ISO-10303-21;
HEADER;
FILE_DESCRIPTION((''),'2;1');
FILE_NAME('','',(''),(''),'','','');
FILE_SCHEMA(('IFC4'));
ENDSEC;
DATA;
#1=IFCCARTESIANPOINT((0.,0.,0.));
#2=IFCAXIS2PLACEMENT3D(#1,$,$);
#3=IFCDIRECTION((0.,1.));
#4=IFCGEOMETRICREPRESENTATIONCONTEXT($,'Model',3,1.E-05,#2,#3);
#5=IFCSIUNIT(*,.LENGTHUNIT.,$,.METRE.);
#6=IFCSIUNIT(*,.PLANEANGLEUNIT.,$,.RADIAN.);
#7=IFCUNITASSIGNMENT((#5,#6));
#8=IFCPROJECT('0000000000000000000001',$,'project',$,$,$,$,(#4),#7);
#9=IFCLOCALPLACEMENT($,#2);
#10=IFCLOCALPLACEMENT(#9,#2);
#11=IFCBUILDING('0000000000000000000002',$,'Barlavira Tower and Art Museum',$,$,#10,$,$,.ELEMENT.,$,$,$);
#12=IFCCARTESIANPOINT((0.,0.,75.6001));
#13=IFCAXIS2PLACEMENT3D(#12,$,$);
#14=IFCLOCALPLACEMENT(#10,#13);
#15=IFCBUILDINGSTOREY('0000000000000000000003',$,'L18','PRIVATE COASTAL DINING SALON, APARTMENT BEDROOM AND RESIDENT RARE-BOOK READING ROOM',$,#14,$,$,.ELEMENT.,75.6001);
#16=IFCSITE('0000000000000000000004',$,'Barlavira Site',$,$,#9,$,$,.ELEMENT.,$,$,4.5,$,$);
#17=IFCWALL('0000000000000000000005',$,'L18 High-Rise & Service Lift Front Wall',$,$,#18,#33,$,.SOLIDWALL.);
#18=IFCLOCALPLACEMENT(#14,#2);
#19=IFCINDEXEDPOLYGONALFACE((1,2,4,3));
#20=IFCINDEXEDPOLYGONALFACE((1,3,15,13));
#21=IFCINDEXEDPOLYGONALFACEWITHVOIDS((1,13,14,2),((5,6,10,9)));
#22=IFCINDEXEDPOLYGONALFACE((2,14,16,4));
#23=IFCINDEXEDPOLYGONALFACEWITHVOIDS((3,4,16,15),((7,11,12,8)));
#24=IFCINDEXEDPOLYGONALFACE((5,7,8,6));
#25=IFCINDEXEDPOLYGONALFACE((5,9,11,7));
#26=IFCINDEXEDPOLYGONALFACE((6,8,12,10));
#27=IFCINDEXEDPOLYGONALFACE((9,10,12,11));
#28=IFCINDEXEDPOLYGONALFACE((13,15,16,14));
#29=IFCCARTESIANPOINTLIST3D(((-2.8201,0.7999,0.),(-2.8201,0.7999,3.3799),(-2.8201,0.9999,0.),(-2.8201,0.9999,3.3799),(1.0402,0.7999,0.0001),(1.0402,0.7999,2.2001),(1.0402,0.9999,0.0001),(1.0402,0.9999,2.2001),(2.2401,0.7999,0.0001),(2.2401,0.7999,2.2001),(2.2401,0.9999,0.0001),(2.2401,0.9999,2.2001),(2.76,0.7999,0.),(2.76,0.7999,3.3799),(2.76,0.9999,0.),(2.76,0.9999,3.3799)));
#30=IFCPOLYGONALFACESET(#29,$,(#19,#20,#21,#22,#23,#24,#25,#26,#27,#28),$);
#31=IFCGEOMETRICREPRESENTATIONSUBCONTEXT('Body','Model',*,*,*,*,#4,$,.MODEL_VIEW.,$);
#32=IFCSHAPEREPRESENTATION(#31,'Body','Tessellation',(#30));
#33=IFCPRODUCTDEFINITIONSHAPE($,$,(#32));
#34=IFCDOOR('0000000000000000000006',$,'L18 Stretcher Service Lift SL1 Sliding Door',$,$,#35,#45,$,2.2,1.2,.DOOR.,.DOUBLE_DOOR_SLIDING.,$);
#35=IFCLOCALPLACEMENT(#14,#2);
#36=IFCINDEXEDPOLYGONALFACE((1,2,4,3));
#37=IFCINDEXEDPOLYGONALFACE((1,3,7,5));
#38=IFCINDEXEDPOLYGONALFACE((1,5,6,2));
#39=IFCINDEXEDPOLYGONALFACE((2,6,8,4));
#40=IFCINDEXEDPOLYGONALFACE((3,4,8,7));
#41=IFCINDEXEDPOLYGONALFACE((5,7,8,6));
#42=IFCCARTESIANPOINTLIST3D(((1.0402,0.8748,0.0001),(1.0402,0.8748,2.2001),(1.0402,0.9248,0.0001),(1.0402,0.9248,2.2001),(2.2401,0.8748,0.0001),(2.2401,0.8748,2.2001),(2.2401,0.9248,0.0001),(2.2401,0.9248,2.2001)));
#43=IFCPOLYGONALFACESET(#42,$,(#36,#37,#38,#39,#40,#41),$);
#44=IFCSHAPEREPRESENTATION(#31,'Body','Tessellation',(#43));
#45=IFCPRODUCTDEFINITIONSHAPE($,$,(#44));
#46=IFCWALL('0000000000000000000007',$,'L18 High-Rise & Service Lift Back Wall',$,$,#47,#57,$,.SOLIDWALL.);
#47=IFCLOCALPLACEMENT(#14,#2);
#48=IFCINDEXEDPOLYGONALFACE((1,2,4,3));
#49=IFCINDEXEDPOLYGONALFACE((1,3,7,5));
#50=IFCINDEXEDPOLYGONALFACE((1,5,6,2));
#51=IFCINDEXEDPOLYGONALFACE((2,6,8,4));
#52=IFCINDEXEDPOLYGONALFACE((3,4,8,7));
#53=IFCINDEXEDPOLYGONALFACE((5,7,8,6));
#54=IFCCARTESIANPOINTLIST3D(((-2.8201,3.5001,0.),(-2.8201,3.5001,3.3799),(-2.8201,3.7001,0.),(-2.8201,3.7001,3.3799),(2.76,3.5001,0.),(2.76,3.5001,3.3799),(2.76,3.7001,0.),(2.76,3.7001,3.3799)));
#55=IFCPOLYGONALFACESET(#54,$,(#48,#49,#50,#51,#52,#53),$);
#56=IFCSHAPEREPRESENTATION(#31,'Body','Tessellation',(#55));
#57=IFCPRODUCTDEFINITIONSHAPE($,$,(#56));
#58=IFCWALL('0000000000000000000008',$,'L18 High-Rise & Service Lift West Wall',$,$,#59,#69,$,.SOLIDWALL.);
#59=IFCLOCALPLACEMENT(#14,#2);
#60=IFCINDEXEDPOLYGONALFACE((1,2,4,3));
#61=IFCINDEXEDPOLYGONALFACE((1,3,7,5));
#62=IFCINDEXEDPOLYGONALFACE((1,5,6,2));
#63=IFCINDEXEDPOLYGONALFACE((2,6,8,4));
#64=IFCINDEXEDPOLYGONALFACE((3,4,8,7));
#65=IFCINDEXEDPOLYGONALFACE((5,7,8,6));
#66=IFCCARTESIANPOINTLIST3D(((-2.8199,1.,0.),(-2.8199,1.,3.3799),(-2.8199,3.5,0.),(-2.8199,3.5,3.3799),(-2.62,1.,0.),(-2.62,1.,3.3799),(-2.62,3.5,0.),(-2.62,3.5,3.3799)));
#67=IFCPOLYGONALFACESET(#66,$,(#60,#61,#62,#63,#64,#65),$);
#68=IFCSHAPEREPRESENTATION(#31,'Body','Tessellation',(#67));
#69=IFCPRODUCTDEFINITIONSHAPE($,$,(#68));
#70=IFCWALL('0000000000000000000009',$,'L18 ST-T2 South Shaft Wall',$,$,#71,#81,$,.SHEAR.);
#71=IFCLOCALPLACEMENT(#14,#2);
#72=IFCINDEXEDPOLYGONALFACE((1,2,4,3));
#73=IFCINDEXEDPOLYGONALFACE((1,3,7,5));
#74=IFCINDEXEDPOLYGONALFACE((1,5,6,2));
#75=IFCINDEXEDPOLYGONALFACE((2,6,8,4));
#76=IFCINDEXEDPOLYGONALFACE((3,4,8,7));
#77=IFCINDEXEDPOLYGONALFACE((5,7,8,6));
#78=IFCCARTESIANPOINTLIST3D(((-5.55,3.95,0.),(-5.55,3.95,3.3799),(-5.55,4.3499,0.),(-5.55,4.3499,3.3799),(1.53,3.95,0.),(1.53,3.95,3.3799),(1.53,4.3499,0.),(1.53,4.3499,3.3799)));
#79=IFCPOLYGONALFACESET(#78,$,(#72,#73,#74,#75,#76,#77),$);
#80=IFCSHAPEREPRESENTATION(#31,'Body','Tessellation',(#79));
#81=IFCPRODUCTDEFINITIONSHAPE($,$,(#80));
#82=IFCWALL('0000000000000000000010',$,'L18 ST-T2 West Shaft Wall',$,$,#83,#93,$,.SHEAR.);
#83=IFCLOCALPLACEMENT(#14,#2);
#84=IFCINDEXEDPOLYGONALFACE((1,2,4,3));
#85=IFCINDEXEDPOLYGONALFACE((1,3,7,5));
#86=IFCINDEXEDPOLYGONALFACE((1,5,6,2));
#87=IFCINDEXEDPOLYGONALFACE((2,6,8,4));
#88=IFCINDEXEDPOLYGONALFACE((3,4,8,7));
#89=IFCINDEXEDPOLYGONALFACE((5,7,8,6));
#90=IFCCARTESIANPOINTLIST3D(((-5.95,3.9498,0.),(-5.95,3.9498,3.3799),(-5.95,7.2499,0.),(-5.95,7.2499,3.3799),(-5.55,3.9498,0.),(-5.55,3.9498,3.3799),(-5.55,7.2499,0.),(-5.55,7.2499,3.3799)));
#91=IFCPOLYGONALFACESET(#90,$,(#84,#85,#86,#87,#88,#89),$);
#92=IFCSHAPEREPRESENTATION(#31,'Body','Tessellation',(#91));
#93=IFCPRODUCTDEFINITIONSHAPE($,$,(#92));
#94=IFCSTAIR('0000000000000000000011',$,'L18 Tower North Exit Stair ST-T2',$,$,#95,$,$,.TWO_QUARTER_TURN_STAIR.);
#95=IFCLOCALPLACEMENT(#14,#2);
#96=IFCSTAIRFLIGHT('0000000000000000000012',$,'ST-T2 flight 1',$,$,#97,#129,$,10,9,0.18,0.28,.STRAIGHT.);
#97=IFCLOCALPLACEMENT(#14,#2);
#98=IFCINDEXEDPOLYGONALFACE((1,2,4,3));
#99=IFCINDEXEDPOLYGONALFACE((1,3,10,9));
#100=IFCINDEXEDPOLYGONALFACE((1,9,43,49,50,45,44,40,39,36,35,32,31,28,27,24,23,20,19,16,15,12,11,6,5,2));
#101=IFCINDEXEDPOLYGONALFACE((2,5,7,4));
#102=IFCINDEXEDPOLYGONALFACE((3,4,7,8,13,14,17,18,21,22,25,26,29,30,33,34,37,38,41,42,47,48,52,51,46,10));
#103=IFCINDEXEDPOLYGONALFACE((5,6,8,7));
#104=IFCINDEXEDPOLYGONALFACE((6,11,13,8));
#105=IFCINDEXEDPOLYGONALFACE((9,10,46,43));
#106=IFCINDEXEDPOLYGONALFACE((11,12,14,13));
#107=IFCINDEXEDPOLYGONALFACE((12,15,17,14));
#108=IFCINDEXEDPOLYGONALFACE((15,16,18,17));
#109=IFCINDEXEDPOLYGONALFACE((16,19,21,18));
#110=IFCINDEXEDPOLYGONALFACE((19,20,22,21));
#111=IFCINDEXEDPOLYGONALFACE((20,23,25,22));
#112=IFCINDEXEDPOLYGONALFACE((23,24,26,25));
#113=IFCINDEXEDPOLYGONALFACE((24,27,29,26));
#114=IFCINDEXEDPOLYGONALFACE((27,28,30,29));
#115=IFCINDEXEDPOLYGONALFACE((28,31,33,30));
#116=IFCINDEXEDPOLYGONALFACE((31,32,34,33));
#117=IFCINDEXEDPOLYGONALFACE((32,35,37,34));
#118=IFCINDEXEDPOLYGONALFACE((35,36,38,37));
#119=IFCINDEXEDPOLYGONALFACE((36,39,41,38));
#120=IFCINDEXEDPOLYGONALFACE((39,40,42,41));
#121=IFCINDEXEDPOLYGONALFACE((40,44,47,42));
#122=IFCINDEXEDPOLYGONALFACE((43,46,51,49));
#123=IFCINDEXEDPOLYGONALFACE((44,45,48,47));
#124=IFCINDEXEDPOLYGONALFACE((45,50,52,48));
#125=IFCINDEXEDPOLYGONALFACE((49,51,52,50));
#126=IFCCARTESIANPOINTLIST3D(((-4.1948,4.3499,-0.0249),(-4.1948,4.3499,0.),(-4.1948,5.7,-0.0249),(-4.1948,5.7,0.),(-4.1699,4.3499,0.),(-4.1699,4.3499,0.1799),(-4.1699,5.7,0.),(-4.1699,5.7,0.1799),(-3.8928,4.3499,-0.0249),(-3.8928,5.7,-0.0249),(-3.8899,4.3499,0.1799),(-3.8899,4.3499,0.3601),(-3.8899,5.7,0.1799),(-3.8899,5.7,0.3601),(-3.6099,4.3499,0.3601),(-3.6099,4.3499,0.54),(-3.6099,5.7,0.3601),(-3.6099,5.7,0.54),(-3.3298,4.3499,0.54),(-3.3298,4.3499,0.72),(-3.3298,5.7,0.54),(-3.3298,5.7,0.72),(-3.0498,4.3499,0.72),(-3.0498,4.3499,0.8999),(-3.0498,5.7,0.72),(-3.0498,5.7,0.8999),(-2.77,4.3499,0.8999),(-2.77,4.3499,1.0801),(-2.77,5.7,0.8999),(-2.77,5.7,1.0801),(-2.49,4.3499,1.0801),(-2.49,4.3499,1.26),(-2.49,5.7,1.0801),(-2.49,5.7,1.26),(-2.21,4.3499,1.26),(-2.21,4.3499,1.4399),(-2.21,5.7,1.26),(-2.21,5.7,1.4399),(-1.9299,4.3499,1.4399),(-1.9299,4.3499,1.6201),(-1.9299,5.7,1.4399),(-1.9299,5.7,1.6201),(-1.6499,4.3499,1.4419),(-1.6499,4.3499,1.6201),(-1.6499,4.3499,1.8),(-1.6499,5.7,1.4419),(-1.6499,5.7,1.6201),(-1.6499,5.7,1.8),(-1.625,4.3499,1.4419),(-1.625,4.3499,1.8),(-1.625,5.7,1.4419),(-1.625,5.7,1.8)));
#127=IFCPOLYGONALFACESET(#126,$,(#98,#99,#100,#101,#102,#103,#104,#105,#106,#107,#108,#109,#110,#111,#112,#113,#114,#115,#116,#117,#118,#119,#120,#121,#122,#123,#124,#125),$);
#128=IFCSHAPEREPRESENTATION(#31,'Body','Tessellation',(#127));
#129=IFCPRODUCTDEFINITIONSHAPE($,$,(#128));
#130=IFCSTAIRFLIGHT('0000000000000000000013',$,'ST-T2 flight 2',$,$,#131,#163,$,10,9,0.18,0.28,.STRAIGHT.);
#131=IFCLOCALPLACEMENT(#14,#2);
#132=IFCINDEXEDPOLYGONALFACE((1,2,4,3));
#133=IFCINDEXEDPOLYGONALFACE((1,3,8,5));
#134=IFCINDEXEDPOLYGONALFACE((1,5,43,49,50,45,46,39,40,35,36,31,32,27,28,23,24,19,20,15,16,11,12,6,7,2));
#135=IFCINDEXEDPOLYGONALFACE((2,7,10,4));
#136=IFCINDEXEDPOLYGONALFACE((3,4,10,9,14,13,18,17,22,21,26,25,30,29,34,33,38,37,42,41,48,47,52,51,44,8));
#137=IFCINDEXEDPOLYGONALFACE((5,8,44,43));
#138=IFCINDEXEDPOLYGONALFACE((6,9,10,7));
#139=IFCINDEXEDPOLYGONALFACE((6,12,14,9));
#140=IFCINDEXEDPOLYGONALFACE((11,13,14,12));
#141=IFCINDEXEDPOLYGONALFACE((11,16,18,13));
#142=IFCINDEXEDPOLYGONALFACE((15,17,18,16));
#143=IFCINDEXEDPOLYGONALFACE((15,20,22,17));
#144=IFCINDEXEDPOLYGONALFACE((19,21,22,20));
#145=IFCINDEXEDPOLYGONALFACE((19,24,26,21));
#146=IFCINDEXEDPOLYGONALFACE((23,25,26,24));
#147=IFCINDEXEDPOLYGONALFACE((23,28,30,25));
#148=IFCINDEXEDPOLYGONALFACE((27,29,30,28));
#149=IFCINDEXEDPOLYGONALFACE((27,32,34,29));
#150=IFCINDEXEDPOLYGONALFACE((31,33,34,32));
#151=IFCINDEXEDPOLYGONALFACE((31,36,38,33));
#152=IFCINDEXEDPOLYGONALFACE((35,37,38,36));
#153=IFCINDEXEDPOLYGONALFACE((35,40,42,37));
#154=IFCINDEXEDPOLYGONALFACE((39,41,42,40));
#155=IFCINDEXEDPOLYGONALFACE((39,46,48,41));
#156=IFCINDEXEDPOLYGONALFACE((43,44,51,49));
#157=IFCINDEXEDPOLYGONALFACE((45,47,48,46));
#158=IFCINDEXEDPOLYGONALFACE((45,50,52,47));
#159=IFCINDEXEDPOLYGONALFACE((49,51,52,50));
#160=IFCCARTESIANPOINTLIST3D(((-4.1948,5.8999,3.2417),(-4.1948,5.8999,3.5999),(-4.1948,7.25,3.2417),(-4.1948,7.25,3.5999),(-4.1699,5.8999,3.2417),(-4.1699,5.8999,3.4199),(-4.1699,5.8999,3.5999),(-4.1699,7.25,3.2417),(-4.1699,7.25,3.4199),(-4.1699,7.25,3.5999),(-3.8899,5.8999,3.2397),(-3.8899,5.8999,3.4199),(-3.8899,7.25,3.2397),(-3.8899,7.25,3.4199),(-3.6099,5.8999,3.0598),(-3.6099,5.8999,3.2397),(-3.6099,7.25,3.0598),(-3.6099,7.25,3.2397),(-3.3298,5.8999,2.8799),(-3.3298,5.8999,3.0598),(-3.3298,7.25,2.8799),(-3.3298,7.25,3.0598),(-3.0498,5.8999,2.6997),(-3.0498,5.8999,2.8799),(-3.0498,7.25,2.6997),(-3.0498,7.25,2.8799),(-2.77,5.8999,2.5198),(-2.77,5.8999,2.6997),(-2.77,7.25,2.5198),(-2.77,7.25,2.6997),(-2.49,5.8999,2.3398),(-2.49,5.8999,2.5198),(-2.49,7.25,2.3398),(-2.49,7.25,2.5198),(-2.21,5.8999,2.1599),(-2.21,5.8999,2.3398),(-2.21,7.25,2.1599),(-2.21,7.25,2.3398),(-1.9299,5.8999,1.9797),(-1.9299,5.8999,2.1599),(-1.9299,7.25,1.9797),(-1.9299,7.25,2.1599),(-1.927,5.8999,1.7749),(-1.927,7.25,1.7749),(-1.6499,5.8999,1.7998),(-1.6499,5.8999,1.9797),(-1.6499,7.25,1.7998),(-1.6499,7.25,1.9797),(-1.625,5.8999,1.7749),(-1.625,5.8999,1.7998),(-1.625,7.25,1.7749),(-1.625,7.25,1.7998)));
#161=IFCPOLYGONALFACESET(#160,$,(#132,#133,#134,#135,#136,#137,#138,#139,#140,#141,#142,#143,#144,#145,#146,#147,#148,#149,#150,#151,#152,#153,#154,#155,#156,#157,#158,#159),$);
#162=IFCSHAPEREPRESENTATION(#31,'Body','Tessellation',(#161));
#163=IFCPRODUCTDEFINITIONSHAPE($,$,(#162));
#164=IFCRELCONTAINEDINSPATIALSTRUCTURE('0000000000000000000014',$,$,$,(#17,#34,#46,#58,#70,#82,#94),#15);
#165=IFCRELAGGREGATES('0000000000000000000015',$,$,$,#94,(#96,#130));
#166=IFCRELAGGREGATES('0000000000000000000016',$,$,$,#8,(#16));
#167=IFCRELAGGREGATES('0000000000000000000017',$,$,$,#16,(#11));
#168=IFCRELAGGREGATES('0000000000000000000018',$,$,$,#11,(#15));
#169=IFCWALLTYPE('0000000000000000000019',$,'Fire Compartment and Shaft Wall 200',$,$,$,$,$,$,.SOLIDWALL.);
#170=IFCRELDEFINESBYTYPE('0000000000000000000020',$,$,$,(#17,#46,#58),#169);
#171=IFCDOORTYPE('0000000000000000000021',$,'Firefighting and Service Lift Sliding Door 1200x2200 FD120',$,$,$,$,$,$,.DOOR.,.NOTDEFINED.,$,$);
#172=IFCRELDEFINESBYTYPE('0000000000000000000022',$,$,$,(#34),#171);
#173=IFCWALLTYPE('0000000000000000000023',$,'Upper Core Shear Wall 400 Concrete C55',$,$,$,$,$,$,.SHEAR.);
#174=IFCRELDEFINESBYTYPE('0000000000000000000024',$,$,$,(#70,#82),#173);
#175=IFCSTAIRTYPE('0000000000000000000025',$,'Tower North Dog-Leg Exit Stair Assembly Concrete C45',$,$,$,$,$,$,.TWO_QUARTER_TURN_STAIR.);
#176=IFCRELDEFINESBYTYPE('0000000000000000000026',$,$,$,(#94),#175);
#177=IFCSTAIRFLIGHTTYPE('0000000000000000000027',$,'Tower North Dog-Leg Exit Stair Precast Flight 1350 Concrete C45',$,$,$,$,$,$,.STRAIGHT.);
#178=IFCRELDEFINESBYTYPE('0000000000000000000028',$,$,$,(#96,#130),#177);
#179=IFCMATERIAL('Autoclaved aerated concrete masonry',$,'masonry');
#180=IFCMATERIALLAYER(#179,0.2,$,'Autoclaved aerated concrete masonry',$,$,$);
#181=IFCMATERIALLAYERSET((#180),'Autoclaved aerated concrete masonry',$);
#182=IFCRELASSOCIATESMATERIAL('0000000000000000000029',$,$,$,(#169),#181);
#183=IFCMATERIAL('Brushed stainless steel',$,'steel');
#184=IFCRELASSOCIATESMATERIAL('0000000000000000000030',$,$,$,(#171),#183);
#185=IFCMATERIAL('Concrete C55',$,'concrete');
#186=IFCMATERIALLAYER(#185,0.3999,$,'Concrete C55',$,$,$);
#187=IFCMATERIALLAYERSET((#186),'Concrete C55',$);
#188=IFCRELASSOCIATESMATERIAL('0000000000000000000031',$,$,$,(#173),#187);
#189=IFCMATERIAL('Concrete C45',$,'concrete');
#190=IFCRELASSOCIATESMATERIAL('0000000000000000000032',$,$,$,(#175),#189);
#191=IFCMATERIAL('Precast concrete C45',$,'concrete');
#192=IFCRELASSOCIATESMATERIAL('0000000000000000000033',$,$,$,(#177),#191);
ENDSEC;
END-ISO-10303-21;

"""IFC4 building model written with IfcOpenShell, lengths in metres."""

from ifc_helpers import new_model, si_unit, direction, frame, frame_2d, origin, place, context, subcontext, project, spatial, polyline, rectangle, outline, extrude, material, layer, layer_set, type_object, element, fill, aggregate, save


model = new_model("IFC4")

# Units and contexts
model_context = context("Model", 3, precision=1e-05, world=origin(), true_north=direction((0.0, 1.0)))
body_context = subcontext(model_context, "Body", "Model", "MODEL_VIEW")
ifc_project = project(units=[si_unit("LENGTHUNIT", "METRE"), si_unit("PLANEANGLEUNIT", "RADIAN")], contexts=[model_context])

# Site, building, storey
site_placement = place(None, origin())
site = spatial("IfcSite", under=ifc_project, at=site_placement, Name="Barlavira Site", CompositionType="ELEMENT", RefElevation=4.5)
building_placement = place(site_placement, origin())
building = spatial("IfcBuilding", under=site, at=building_placement, Name="Barlavira Tower and Art Museum", CompositionType="ELEMENT")
storey_placement = place(building_placement, frame((0.0, 0.0, 75.6001)))
storey = spatial("IfcBuildingStorey", under=building, at=storey_placement, Name="L18", Description="PRIVATE COASTAL DINING SALON, APARTMENT BEDROOM AND RESIDENT RARE-BOOK READING ROOM", CompositionType="ELEMENT", Elevation=75.6001)

# Shared definitions
ifc_material_1 = material(Name="Concrete C45", Category="concrete")

# Shared definitions
ifc_material_2 = material(Name="Autoclaved aerated concrete masonry", Category="masonry")
ifc_layer_1 = layer(ifc_material_2, 0.2, Name="Autoclaved aerated concrete masonry")
ifc_layer_set_1 = layer_set([ifc_layer_1], Name="Autoclaved aerated concrete masonry")
wall_type_1 = type_object("IfcWallType", Name="Fire Compartment and Shaft Wall 200", PredefinedType="SOLIDWALL", material=ifc_layer_set_1)

# Wall, opening, door
wall_1_placement = place(storey_placement, frame((-2.8201, 0.8999, 0.0), z_axis=(0.0, 0.0, 1.0), x_axis=(1.0, 0.0, 0.0)))
wall_1 = element("IfcWall", 1, at=wall_1_placement, inside=storey, type_object=wall_type_1, Name="L18 High-Rise & Service Lift Front Wall", PredefinedType="SOLIDWALL", context=body_context, shape_type="SweptSolid", body=[
    extrude(rectangle(XDim=5.5801, YDim=0.2, at=frame_2d((2.79, 0.0))), origin(), (0.0, 0.0, 1.0), 3.3799),
])
opening_placement = place(wall_1_placement, frame((3.8601, 0.0, 0.0)))
opening = element("IfcOpeningElement", 2, at=opening_placement, cuts=wall_1, PredefinedType="OPENING", context=body_context, shape_type="SweptSolid", body=[
    extrude(rectangle(XDim=1.2, YDim=2.2, at=frame_2d((0.6001, 1.1001))), frame((0.0, 0.1099, 0.0), z_axis=(0.0, -1.0, 0.0), x_axis=(1.0, 0.0, 0.0)), (0.0, 0.0, 1.0), 0.22),
])
ifc_material_3 = material(Name="Brushed stainless steel", Category="steel")
door_type = type_object("IfcDoorType", Name="Firefighting and Service Lift Sliding Door 1200x2200 FD120", OperationType="NOTDEFINED", PredefinedType="DOOR", material=ifc_material_3)
door_placement = place(opening_placement, origin())
door = element("IfcDoor", 3, at=door_placement, inside=storey, type_object=door_type, Name="L18 Stretcher Service Lift SL1 Sliding Door", OperationType="DOUBLE_DOOR_SLIDING", OverallHeight=2.2, OverallWidth=1.2, PredefinedType="DOOR", context=body_context, shape_type="SweptSolid", body=[
    extrude(rectangle(XDim=1.2, YDim=2.2, at=frame_2d((0.6001, 1.1001))), frame((0.0, 0.0249, 0.0), z_axis=(0.0, -1.0, 0.0), x_axis=(1.0, 0.0, 0.0)), (0.0, 0.0, 1.0), 0.05),
])
fill(opening, door)

# Walls
wall_2_placement = place(storey_placement, frame((-2.8201, 3.6001, 0.0), z_axis=(0.0, 0.0, 1.0), x_axis=(1.0, 0.0, 0.0)))
element("IfcWall", 4, at=wall_2_placement, inside=storey, type_object=wall_type_1, Name="L18 High-Rise & Service Lift Back Wall", PredefinedType="SOLIDWALL", context=body_context, shape_type="SweptSolid", body=[
    extrude(rectangle(XDim=5.5801, YDim=0.2, at=frame_2d((2.79, 0.0))), origin(), (0.0, 0.0, 1.0), 3.3799),
])
wall_3_placement = place(storey_placement, frame((-2.72, 1.0, 0.0), z_axis=(0.0, 0.0, 1.0), x_axis=(0.0, 1.0, 0.0)))
element("IfcWall", 5, at=wall_3_placement, inside=storey, type_object=wall_type_1, Name="L18 High-Rise & Service Lift West Wall", PredefinedType="SOLIDWALL", context=body_context, shape_type="SweptSolid", body=[
    extrude(rectangle(XDim=2.5, YDim=0.2, at=frame_2d((1.25, 0.0))), origin(), (0.0, 0.0, 1.0), 3.3799),
])
ifc_material_4 = material(Name="Concrete C55", Category="concrete")
ifc_layer_2 = layer(ifc_material_4, 0.3999, Name="Concrete C55")
ifc_layer_set_2 = layer_set([ifc_layer_2], Name="Concrete C55")
wall_type_2 = type_object("IfcWallType", Name="Upper Core Shear Wall 400 Concrete C55", PredefinedType="SHEAR", material=ifc_layer_set_2)
wall_4_placement = place(storey_placement, frame((-5.55, 4.1499, 0.0), z_axis=(0.0, 0.0, 1.0), x_axis=(1.0, 0.0, 0.0)))
element("IfcWall", 6, at=wall_4_placement, inside=storey, type_object=wall_type_2, Name="L18 ST-T2 South Shaft Wall", PredefinedType="SHEAR", context=body_context, shape_type="SweptSolid", body=[
    extrude(rectangle(XDim=7.0801, YDim=0.3999, at=frame_2d((3.54, 0.0))), origin(), (0.0, 0.0, 1.0), 3.3799),
])
wall_5_placement = place(storey_placement, frame((-5.75, 3.95, 0.0), z_axis=(0.0, 0.0, 1.0), x_axis=(0.0, 1.0, 0.0)))
element("IfcWall", 7, at=wall_5_placement, inside=storey, type_object=wall_type_2, Name="L18 ST-T2 West Shaft Wall", PredefinedType="SHEAR", context=body_context, shape_type="SweptSolid", body=[
    extrude(rectangle(XDim=3.3, YDim=0.3999, at=frame_2d((1.6499, 0.0))), origin(), (0.0, 0.0, 1.0), 3.3799),
])

# Stair, stair flights
stair_type_1 = type_object("IfcStairType", Name="Tower North Dog-Leg Exit Stair Assembly Concrete C45", PredefinedType="TWO_QUARTER_TURN_STAIR", material=ifc_material_1)
stair_1_placement = place(storey_placement, origin())
stair_1 = element("IfcStair", 8, at=stair_1_placement, inside=storey, type_object=stair_type_1, Name="L18 Tower North Exit Stair ST-T2", PredefinedType="TWO_QUARTER_TURN_STAIR")
ifc_material_5 = material(Name="Precast concrete C45", Category="concrete")
stair_flight_type = type_object("IfcStairFlightType", Name="Tower North Dog-Leg Exit Stair Precast Flight 1350 Concrete C45", PredefinedType="STRAIGHT", material=ifc_material_5)
stair_flight_1_placement = place(storey_placement, frame((-4.1699, 5.0249, 0.0), z_axis=(0.0, 0.0, 1.0), x_axis=(1.0, 0.0, 0.0)))
stair_flight_1 = element("IfcStairFlight", 9, at=stair_flight_1_placement, type_object=stair_flight_type, Name="ST-T2 flight 1", NumberOfRisers=10, NumberOfTreads=9, PredefinedType="STRAIGHT", RiserHeight=0.18, TreadLength=0.28, context=body_context, shape_type="SweptSolid", body=[
    extrude(outline(polyline([(-0.0249, 0.0), (0.0, 0.0), (0.0, 0.1799), (0.28, 0.1799), (0.28, 0.3601), (0.5601, 0.3601), (0.5601, 0.54), (0.8401, 0.54), (0.8401, 0.72), (1.1201, 0.72), (1.1201, 0.8999), (1.3999, 0.8999), (1.3999, 1.0801), (1.6799, 1.0801), (1.6799, 1.26), (1.96, 1.26), (1.96, 1.4399), (2.24, 1.4399), (2.24, 1.6201), (2.52, 1.6201), (2.52, 1.8), (2.5449, 1.8), (2.5449, 1.4419), (2.52, 1.4419), (0.2771, -0.0249), (-0.0249, -0.0249), (-0.0249, 0.0)])), frame((0.0, 0.675, 0.0), z_axis=(0.0, -1.0, 0.0), x_axis=(1.0, 0.0, 0.0)), (0.0, 0.0, 1.0), 1.3501),
])
stair_flight_2_placement = place(storey_placement, frame((-1.6499, 6.575, 1.7998), z_axis=(0.0, 0.0, 1.0), x_axis=(-1.0, 0.0, 0.0)))
stair_flight_2 = element("IfcStairFlight", 10, at=stair_flight_2_placement, type_object=stair_flight_type, Name="ST-T2 flight 2", NumberOfRisers=10, NumberOfTreads=9, PredefinedType="STRAIGHT", RiserHeight=0.18, TreadLength=0.28, context=body_context, shape_type="SweptSolid", body=[
    extrude(outline(polyline([(-0.0249, 0.0), (0.0, 0.0), (0.0, 0.1799), (0.28, 0.1799), (0.28, 0.3601), (0.5601, 0.3601), (0.5601, 0.54), (0.8401, 0.54), (0.8401, 0.72), (1.1201, 0.72), (1.1201, 0.8999), (1.3999, 0.8999), (1.3999, 1.0801), (1.6799, 1.0801), (1.6799, 1.26), (1.96, 1.26), (1.96, 1.4399), (2.24, 1.4399), (2.24, 1.6201), (2.52, 1.6201), (2.52, 1.8), (2.5449, 1.8), (2.5449, 1.4419), (2.52, 1.4419), (0.2771, -0.0249), (-0.0249, -0.0249), (-0.0249, 0.0)])), frame((0.0, 0.675, 0.0), z_axis=(0.0, -1.0, 0.0), x_axis=(1.0, 0.0, 0.0)), (0.0, 0.0, 1.0), 1.3501),
])
aggregate(stair_1, [stair_flight_1, stair_flight_2])

save(model, "model.ifc")
